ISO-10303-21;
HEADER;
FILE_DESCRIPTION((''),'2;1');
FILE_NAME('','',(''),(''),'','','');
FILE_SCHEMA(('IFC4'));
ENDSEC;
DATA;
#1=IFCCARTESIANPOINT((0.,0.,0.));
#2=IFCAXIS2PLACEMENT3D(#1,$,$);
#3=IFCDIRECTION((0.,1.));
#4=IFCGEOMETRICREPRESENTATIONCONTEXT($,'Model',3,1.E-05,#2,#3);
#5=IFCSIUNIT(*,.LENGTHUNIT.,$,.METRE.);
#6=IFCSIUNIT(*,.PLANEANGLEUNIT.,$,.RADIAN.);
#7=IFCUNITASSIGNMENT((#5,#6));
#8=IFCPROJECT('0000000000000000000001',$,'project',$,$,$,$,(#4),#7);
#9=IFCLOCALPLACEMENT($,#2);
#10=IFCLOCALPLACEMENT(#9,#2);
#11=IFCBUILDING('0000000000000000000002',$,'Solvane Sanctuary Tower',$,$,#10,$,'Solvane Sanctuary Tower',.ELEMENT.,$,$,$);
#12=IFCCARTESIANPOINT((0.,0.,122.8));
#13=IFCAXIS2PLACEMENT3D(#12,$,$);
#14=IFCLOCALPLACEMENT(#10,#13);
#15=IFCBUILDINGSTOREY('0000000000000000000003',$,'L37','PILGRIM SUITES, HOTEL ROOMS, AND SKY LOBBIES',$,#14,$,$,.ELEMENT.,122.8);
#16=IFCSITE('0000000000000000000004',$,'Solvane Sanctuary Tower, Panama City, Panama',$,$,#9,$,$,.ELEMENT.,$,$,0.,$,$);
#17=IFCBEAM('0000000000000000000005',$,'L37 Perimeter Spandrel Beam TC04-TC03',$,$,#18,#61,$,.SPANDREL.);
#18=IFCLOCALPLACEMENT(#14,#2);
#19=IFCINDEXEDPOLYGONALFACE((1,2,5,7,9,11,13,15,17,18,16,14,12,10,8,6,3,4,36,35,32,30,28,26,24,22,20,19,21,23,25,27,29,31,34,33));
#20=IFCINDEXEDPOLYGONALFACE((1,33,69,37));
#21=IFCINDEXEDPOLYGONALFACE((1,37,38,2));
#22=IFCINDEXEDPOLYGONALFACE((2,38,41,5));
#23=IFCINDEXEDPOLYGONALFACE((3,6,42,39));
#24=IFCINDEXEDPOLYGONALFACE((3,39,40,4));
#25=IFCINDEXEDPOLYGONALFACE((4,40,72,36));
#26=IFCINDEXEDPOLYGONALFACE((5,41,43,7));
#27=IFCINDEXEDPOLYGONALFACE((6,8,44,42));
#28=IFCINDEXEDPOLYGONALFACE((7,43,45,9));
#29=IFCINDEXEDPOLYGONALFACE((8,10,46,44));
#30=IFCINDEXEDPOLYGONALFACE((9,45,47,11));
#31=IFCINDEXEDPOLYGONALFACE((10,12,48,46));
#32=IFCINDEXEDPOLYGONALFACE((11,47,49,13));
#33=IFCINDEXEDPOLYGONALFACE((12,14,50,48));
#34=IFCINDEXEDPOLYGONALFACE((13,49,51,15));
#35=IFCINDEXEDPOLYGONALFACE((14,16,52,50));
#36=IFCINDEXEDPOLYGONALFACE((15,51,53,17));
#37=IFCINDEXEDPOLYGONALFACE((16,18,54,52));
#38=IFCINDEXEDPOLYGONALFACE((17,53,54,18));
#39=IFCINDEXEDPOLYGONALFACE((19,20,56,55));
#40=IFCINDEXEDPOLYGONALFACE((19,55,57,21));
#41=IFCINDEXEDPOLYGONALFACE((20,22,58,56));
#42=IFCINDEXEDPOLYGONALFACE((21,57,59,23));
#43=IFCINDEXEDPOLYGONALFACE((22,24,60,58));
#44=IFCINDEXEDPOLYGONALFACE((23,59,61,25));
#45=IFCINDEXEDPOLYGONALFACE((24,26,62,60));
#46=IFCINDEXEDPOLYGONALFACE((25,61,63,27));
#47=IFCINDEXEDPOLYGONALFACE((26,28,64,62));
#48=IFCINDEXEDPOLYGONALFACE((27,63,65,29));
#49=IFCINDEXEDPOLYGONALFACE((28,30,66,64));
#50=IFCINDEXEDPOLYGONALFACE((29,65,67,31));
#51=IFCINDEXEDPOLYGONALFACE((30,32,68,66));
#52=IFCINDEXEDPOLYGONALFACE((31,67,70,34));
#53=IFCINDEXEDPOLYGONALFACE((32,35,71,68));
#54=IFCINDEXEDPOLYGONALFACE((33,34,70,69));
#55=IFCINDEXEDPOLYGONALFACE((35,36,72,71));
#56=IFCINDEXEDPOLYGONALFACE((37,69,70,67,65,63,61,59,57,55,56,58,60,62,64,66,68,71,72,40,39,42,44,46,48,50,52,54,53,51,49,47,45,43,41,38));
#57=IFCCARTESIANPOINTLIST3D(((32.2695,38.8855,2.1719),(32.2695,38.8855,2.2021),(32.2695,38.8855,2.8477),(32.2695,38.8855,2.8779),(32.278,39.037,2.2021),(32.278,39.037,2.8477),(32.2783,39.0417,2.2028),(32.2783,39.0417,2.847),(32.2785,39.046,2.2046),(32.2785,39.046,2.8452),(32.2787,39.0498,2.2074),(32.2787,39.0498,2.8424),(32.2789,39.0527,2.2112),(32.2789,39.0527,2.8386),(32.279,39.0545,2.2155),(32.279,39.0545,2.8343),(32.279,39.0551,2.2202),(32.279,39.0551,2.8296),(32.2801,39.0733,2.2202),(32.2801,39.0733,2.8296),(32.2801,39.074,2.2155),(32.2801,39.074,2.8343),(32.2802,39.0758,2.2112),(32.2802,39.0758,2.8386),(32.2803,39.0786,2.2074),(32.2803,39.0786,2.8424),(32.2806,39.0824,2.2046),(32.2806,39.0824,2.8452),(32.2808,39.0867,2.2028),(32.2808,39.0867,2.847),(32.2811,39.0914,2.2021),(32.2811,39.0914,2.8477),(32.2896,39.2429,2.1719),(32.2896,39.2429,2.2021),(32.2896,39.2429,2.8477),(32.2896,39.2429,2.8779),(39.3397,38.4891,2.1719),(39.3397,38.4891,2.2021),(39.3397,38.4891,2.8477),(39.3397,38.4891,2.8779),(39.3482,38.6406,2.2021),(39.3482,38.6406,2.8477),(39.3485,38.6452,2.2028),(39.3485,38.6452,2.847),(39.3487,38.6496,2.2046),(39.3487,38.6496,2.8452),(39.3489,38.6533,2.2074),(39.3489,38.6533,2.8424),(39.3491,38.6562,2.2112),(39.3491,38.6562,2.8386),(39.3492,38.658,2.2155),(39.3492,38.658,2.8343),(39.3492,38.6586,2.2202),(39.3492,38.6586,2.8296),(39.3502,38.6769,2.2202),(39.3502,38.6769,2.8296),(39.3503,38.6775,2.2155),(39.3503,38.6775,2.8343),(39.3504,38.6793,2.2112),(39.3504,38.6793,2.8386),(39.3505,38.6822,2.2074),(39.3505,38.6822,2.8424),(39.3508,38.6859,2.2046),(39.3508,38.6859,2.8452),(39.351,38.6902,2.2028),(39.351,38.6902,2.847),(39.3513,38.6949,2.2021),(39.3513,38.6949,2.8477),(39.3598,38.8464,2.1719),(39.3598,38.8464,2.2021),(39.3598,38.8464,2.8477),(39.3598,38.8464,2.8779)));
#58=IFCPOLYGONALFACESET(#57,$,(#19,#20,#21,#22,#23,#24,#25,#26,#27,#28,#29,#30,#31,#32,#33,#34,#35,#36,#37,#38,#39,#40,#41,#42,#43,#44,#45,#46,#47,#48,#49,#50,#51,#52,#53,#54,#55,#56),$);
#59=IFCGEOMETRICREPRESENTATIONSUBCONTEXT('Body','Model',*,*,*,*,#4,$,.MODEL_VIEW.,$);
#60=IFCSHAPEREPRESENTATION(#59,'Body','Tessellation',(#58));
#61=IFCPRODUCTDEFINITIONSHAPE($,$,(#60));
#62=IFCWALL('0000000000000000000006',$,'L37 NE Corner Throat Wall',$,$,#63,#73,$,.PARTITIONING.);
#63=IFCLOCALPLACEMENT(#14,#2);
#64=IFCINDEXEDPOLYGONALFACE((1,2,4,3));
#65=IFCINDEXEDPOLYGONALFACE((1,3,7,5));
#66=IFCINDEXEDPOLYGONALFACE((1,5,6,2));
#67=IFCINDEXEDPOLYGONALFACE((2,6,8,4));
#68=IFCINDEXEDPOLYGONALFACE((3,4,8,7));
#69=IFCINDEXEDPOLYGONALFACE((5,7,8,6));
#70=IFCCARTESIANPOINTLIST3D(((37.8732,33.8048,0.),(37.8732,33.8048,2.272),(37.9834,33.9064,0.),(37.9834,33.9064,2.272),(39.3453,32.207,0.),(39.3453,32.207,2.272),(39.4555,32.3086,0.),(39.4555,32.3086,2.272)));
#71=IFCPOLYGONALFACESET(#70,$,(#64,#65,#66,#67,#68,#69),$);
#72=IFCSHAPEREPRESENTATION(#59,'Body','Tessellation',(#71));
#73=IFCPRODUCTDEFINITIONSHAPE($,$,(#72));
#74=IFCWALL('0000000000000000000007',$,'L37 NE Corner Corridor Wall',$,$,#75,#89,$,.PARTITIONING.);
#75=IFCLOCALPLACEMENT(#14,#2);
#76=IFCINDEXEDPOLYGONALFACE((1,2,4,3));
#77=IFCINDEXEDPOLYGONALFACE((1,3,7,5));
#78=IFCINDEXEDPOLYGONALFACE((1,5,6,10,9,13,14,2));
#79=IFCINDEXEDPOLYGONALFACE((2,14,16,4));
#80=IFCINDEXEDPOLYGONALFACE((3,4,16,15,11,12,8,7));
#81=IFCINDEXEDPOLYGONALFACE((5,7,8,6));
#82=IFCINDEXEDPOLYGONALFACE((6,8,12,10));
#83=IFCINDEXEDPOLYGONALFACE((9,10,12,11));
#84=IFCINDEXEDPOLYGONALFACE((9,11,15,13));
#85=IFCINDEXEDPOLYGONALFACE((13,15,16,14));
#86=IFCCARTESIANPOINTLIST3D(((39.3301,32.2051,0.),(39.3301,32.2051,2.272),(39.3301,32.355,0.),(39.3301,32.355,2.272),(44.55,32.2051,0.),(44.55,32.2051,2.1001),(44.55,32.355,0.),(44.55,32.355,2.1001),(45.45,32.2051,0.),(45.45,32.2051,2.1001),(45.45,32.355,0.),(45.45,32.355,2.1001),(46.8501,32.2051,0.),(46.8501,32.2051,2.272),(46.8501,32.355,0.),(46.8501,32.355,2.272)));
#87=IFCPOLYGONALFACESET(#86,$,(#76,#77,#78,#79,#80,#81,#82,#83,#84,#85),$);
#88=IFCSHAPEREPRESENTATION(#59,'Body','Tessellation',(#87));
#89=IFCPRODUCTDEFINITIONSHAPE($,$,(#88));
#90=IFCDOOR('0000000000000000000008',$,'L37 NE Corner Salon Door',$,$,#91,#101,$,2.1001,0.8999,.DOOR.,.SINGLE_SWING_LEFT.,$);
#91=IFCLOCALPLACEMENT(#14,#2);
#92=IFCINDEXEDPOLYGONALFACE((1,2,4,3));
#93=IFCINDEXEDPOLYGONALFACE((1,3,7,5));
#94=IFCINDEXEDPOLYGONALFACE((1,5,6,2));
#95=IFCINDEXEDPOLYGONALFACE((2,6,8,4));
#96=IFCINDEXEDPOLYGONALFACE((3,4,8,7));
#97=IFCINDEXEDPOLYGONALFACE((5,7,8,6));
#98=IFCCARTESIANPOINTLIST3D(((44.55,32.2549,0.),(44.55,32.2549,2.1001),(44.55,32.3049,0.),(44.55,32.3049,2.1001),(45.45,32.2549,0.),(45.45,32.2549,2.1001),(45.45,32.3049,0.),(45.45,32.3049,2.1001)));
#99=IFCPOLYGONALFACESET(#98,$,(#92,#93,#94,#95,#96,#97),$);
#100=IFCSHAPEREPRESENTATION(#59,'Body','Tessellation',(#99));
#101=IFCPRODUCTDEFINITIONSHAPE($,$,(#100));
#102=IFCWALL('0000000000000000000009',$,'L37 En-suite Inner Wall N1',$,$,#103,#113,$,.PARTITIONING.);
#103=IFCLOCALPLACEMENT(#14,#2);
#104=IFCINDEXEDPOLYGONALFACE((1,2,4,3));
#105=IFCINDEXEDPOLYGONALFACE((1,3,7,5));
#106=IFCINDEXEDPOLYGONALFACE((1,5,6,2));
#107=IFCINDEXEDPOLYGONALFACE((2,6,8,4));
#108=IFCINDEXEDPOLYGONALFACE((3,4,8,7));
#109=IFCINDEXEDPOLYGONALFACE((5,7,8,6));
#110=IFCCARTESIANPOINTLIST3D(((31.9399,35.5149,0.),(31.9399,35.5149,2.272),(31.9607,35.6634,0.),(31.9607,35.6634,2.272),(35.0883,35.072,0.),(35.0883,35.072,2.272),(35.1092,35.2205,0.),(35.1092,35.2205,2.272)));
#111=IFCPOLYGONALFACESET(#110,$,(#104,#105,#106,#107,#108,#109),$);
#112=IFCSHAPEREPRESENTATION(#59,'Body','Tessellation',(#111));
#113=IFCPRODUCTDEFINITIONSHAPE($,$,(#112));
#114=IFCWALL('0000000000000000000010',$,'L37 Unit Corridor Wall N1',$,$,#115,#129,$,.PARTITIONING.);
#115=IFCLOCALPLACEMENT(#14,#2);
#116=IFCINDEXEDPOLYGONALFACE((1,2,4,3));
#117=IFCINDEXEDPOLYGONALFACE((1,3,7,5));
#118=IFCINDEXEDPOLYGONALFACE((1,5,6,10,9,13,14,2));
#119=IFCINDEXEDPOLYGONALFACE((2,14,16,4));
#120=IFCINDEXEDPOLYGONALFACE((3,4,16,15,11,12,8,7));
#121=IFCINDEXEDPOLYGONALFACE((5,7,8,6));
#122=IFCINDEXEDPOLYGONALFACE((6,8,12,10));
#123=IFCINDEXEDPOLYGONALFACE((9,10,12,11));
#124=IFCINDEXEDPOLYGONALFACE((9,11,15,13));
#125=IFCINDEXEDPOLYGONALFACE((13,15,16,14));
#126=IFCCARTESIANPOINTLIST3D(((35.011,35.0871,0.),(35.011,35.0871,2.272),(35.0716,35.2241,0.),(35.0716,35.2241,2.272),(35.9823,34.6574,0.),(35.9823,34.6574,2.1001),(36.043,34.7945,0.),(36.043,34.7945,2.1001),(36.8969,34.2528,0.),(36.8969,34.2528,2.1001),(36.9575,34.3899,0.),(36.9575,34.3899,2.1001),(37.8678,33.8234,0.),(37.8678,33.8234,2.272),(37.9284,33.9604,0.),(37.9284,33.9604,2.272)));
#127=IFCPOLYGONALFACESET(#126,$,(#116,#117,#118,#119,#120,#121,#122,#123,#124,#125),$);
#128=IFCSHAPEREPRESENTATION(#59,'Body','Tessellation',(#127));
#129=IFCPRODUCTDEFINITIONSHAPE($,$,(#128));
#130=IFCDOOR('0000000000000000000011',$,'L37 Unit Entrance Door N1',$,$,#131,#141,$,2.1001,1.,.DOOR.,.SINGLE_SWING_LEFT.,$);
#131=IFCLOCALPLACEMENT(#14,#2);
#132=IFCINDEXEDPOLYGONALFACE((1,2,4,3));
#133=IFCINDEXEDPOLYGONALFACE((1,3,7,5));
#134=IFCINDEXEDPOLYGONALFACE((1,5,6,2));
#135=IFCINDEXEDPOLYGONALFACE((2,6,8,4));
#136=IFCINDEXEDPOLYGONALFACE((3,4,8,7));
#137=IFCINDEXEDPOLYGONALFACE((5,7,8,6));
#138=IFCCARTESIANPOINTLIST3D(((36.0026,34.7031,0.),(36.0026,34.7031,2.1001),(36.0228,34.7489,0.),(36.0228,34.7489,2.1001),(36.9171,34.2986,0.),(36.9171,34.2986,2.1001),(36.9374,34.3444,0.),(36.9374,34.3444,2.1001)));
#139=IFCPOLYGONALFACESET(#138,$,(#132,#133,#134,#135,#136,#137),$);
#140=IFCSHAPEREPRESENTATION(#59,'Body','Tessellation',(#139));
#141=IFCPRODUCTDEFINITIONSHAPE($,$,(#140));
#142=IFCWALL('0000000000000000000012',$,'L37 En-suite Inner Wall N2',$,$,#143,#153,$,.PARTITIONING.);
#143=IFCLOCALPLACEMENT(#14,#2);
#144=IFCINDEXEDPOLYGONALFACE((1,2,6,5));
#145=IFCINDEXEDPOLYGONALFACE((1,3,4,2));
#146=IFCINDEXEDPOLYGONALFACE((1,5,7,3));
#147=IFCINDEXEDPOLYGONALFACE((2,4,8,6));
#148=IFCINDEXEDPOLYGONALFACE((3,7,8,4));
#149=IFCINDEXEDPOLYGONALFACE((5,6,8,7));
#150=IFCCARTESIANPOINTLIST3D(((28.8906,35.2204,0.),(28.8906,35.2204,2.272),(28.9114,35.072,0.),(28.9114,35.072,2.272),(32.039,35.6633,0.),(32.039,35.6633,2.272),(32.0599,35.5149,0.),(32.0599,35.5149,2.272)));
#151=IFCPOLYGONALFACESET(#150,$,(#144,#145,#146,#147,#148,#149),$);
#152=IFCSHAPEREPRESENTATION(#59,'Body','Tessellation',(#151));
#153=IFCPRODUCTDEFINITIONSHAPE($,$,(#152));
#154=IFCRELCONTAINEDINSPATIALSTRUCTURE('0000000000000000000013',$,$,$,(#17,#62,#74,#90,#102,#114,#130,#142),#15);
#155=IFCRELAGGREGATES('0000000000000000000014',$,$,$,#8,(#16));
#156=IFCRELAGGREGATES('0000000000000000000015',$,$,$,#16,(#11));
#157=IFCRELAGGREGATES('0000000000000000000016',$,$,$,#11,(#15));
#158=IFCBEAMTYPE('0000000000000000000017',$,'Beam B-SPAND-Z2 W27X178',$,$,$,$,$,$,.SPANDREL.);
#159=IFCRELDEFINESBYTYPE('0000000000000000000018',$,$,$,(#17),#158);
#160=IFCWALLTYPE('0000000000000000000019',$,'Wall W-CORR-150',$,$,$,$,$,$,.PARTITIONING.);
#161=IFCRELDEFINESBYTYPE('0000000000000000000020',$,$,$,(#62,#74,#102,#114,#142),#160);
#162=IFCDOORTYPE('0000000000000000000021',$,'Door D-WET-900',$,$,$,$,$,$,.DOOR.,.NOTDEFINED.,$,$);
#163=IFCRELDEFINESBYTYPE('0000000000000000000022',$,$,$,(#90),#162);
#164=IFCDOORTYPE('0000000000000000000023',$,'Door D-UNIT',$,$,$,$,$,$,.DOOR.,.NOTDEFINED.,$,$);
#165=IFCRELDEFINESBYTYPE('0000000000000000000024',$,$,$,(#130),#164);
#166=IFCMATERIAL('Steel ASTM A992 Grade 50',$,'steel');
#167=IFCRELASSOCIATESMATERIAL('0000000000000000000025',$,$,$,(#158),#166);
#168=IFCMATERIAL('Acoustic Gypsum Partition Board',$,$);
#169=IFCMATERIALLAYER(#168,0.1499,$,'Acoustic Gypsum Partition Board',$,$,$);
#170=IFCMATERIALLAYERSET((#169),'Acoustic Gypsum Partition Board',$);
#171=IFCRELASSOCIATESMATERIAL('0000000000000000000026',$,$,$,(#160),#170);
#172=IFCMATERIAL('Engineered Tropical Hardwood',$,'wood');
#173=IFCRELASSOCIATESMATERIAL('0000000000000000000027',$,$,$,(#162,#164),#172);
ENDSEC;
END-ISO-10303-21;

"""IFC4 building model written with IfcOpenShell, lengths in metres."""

from ifc_helpers import new_model, si_unit, direction, frame, frame_2d, origin, origin_2d, place, context, subcontext, project, spatial, rectangle, i_section, extrude, material, layer, layer_set, material_profile, profile_set, type_object, element, fill, save


model = new_model("IFC4")

# Units and contexts
model_context = context("Model", 3, precision=1e-05, world=origin(), true_north=direction((0.0, 1.0)))
body_context = subcontext(model_context, "Body", "Model", "MODEL_VIEW")
ifc_project = project(units=[si_unit("LENGTHUNIT", "METRE"), si_unit("PLANEANGLEUNIT", "RADIAN")], contexts=[model_context])

# Site, building, storey
site_placement = place(None, origin())
site = spatial("IfcSite", under=ifc_project, at=site_placement, Name="Solvane Sanctuary Tower, Panama City, Panama", CompositionType="ELEMENT", RefElevation=0.0)
building_placement = place(site_placement, origin())
building = spatial("IfcBuilding", under=site, at=building_placement, Name="Solvane Sanctuary Tower", LongName="Solvane Sanctuary Tower", CompositionType="ELEMENT")
storey_placement = place(building_placement, frame((0.0, 0.0, 122.8)))
storey = spatial("IfcBuildingStorey", under=building, at=storey_placement, Name="L37", Description="PILGRIM SUITES, HOTEL ROOMS, AND SKY LOBBIES", CompositionType="ELEMENT", Elevation=122.8)

# Beam
ifc_material_1 = material(Name="Steel ASTM A992 Grade 50", Category="steel")
ifc_material_profile_1 = material_profile(ifc_material_1, i_section(OverallWidth=0.3579, OverallDepth=0.7061, WebThickness=0.0183, FlangeThickness=0.0303, FilletRadius=0.0181, at=origin_2d()), Name="W27X178")
ifc_profile_set_1 = profile_set([ifc_material_profile_1], Name="Steel ASTM A992 Grade 50")
beam_type_1 = type_object("IfcBeamType", Name="Beam B-SPAND-Z2 W27X178", PredefinedType="SPANDREL", material=ifc_profile_set_1)
beam_1_placement = place(storey_placement, frame((32.2795, 39.0642, 2.5249), z_axis=(0.998431, -0.055989, 0.0), x_axis=(0.055989, 0.998431, 0.0)))
element("IfcBeam", 1, at=beam_1_placement, inside=storey, type_object=beam_type_1, Name="L37 Perimeter Spandrel Beam TC04-TC03", PredefinedType="SPANDREL", context=body_context, shape_type="SweptSolid", body=[
    extrude(i_section(OverallWidth=0.3579, OverallDepth=0.7061, WebThickness=0.0183, FlangeThickness=0.0303, FilletRadius=0.0181, at=origin_2d()), origin(), (0.0, 0.0, 1.0), 7.0813),
])

# Wall
ifc_material_2 = material(Name="Acoustic Gypsum Partition Board")
ifc_layer_1 = layer(ifc_material_2, 0.1499, Name="Acoustic Gypsum Partition Board")
ifc_layer_set_1 = layer_set([ifc_layer_1], Name="Acoustic Gypsum Partition Board")
wall_type_1 = type_object("IfcWallType", Name="Wall W-CORR-150", PredefinedType="PARTITIONING", material=ifc_layer_set_1)
wall_1_placement = place(storey_placement, frame((37.9282, 33.8557, 0.0), z_axis=(0.0, 0.0, 1.0), x_axis=(0.67758, -0.735449, 0.0)))
element("IfcWall", 2, at=wall_1_placement, inside=storey, type_object=wall_type_1, Name="L37 NE Corner Throat Wall", PredefinedType="PARTITIONING", context=body_context, shape_type="SweptSolid", body=[
    extrude(rectangle(XDim=2.1726, YDim=0.1499, at=frame_2d((1.0864, 0.0))), origin(), (0.0, 0.0, 1.0), 2.272),
])

# Wall, opening, door
wall_2_placement = place(storey_placement, frame((39.3301, 32.28, 0.0), z_axis=(0.0, 0.0, 1.0), x_axis=(1.0, 0.0, 0.0)))
wall_2 = element("IfcWall", 3, at=wall_2_placement, inside=storey, type_object=wall_type_1, Name="L37 NE Corner Corridor Wall", PredefinedType="PARTITIONING", context=body_context, shape_type="SweptSolid", body=[
    extrude(rectangle(XDim=7.52, YDim=0.1499, at=frame_2d((3.76, 0.0))), origin(), (0.0, 0.0, 1.0), 2.272),
])
opening_1_placement = place(wall_2_placement, frame((5.22, 0.0, 0.0)))
opening_1 = element("IfcOpeningElement", 4, at=opening_1_placement, cuts=wall_2, PredefinedType="OPENING", context=body_context, shape_type="SweptSolid", body=[
    extrude(rectangle(XDim=0.8999, YDim=2.1001, at=frame_2d((0.45, 1.05))), frame((0.0, 0.085, 0.0), z_axis=(0.0, -1.0, 0.0), x_axis=(1.0, 0.0, 0.0)), (0.0, 0.0, 1.0), 0.1699),
])
ifc_material_3 = material(Name="Engineered Tropical Hardwood", Category="wood")
door_type_1 = type_object("IfcDoorType", Name="Door D-WET-900", OperationType="NOTDEFINED", PredefinedType="DOOR", material=ifc_material_3)
door_1_placement = place(opening_1_placement, origin())
door_1 = element("IfcDoor", 5, at=door_1_placement, inside=storey, type_object=door_type_1, Name="L37 NE Corner Salon Door", OperationType="SINGLE_SWING_LEFT", OverallHeight=2.1001, OverallWidth=0.8999, PredefinedType="DOOR", context=body_context, shape_type="SweptSolid", body=[
    extrude(rectangle(XDim=0.8999, YDim=2.1001, at=frame_2d((0.45, 1.05))), frame((0.0, 0.0249, 0.0), z_axis=(0.0, -1.0, 0.0), x_axis=(1.0, 0.0, 0.0)), (0.0, 0.0, 1.0), 0.05),
])
fill(opening_1, door_1)

# Wall
wall_3_placement = place(storey_placement, frame((35.0989, 35.1462, 0.0), z_axis=(0.0, 0.0, 1.0), x_axis=(-0.990251, 0.139292, 0.0)))
element("IfcWall", 6, at=wall_3_placement, inside=storey, type_object=wall_type_1, Name="L37 En-suite Inner Wall N1", PredefinedType="PARTITIONING", context=body_context, shape_type="SweptSolid", body=[
    extrude(rectangle(XDim=3.1794, YDim=0.1499, at=frame_2d((1.5898, 0.0))), origin(), (0.0, 0.0, 1.0), 2.272),
])

# Wall, opening, door
wall_4_placement = place(storey_placement, frame((37.8982, 33.8918, 0.0), z_axis=(0.0, 0.0, 1.0), x_axis=(-0.914519, 0.404542, 0.0)))
wall_4 = element("IfcWall", 7, at=wall_4_placement, inside=storey, type_object=wall_type_1, Name="L37 Unit Corridor Wall N1", PredefinedType="PARTITIONING", context=body_context, shape_type="SweptSolid", body=[
    extrude(rectangle(XDim=3.1238, YDim=0.1499, at=frame_2d((1.562, 0.0))), origin(), (0.0, 0.0, 1.0), 2.272),
])
opening_2_placement = place(wall_4_placement, frame((1.0618, 0.0, 0.0)))
opening_2 = element("IfcOpeningElement", 8, at=opening_2_placement, cuts=wall_4, PredefinedType="OPENING", context=body_context, shape_type="SweptSolid", body=[
    extrude(rectangle(XDim=1.0, YDim=2.1001, at=frame_2d((0.5, 1.05))), frame((0.0, 0.085, 0.0), z_axis=(0.0, -1.0, 0.0), x_axis=(1.0, 0.0, 0.0)), (0.0, 0.0, 1.0), 0.1699),
])
door_type_2 = type_object("IfcDoorType", Name="Door D-UNIT", OperationType="NOTDEFINED", PredefinedType="DOOR", material=ifc_material_3)
door_2_placement = place(opening_2_placement, origin())
door_2 = element("IfcDoor", 9, at=door_2_placement, inside=storey, type_object=door_type_2, Name="L37 Unit Entrance Door N1", OperationType="SINGLE_SWING_LEFT", OverallHeight=2.1001, OverallWidth=1.0, PredefinedType="DOOR", context=body_context, shape_type="SweptSolid", body=[
    extrude(rectangle(XDim=1.0, YDim=2.1001, at=frame_2d((0.5, 1.05))), frame((0.0, 0.0249, 0.0), z_axis=(0.0, -1.0, 0.0), x_axis=(1.0, 0.0, 0.0)), (0.0, 0.0, 1.0), 0.05),
])
fill(opening_2, door_2)

# Wall
wall_5_placement = place(storey_placement, frame((32.0496, 35.5891, 0.0), z_axis=(0.0, 0.0, 1.0), x_axis=(-0.990251, -0.139292, 0.0)))
element("IfcWall", 10, at=wall_5_placement, inside=storey, type_object=wall_type_1, Name="L37 En-suite Inner Wall N2", PredefinedType="PARTITIONING", context=body_context, shape_type="SweptSolid", body=[
    extrude(rectangle(XDim=3.1794, YDim=0.1499, at=frame_2d((1.5898, 0.0))), origin(), (0.0, 0.0, 1.0), 2.272),
])

save(model, "model.ifc")
